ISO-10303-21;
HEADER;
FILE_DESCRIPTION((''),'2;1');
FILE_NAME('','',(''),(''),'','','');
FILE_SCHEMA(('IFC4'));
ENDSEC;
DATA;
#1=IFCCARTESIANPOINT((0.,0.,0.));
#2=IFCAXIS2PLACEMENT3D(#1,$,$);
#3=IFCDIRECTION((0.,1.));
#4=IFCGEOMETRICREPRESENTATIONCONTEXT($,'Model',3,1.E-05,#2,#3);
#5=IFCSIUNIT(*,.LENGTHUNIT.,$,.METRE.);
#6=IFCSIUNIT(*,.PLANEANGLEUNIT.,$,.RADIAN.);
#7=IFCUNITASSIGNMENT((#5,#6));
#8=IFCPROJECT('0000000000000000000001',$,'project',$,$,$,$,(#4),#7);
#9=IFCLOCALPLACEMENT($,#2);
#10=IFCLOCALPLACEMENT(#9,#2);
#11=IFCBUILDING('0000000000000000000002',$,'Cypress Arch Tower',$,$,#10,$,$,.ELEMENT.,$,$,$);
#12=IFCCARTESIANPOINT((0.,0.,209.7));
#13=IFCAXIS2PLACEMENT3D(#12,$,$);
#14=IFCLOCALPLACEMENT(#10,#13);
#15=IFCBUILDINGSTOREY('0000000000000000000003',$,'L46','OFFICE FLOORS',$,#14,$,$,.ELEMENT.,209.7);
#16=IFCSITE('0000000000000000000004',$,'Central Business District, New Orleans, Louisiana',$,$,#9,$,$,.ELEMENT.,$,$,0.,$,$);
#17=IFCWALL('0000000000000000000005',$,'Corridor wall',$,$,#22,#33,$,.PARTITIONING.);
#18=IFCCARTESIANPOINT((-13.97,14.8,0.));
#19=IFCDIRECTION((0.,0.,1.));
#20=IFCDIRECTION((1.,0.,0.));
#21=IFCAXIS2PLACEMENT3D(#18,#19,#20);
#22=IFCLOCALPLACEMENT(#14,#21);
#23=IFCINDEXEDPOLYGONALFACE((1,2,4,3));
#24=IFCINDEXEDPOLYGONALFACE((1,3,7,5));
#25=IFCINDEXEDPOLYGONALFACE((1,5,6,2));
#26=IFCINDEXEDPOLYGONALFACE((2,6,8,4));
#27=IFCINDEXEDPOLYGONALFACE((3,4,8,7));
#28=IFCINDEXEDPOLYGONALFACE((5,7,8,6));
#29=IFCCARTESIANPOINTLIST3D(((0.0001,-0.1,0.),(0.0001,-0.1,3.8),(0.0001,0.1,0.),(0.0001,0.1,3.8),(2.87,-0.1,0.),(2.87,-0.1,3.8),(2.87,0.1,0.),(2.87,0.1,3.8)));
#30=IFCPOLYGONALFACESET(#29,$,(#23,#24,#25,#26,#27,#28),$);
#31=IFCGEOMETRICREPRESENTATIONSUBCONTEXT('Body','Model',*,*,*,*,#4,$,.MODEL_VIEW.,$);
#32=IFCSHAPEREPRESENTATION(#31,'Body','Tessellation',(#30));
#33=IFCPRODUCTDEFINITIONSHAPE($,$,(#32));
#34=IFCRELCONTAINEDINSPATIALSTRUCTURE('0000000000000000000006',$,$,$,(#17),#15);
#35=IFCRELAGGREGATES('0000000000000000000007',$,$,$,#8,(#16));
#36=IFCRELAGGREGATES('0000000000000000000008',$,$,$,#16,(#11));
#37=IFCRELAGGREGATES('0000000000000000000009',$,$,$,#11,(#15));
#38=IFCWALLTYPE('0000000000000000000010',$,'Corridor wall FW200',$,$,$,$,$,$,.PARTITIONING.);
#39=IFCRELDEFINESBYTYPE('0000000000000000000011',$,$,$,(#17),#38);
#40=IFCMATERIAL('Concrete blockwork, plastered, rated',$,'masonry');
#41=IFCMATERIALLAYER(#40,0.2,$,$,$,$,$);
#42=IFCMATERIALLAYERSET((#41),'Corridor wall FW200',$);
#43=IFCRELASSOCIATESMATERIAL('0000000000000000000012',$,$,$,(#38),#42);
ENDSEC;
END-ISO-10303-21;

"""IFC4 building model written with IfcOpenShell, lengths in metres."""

from ifc_helpers import new_model, si_unit, direction, frame, frame_2d, origin, place, context, subcontext, project, spatial, rectangle, extrude, material, layer, layer_set, type_object, element, save


model = new_model("IFC4")

# Units and contexts
model_context = context("Model", 3, precision=1e-05, world=origin(), true_north=direction((0.0, 1.0)))
body_context = subcontext(model_context, "Body", "Model", "MODEL_VIEW")
ifc_project = project(units=[si_unit("LENGTHUNIT", "METRE"), si_unit("PLANEANGLEUNIT", "RADIAN")], contexts=[model_context])

# Site, building, storey
site_placement = place(None, origin())
site = spatial("IfcSite", under=ifc_project, at=site_placement, Name="Central Business District, New Orleans, Louisiana", CompositionType="ELEMENT", RefElevation=0.0)
building_placement = place(site_placement, origin())
building = spatial("IfcBuilding", under=site, at=building_placement, Name="Cypress Arch Tower", CompositionType="ELEMENT")
storey_placement = place(building_placement, frame((0.0, 0.0, 209.7)))
storey = spatial("IfcBuildingStorey", under=building, at=storey_placement, Name="L46", Description="OFFICE FLOORS", CompositionType="ELEMENT", Elevation=209.7)

# Wall
ifc_material_1 = material(Name="Concrete blockwork, plastered, rated", Category="masonry")
ifc_layer_1 = layer(ifc_material_1, 0.2)
ifc_layer_set_1 = layer_set([ifc_layer_1], Name="Corridor wall FW200")
wall_type_1 = type_object("IfcWallType", Name="Corridor wall FW200", PredefinedType="PARTITIONING", material=ifc_layer_set_1)
wall_1_placement = place(storey_placement, frame((-13.97, 14.8, 0.0), z_axis=(0.0, 0.0, 1.0), x_axis=(1.0, 0.0, 0.0)))
element("IfcWall", 1, at=wall_1_placement, inside=storey, type_object=wall_type_1, Name="Corridor wall", PredefinedType="PARTITIONING", context=body_context, shape_type="SweptSolid", body=[
    extrude(rectangle(XDim=2.8699, YDim=0.2, at=frame_2d((1.4351, 0.0))), origin(), (0.0, 0.0, 1.0), 3.8),
])

save(model, "model.ifc")
